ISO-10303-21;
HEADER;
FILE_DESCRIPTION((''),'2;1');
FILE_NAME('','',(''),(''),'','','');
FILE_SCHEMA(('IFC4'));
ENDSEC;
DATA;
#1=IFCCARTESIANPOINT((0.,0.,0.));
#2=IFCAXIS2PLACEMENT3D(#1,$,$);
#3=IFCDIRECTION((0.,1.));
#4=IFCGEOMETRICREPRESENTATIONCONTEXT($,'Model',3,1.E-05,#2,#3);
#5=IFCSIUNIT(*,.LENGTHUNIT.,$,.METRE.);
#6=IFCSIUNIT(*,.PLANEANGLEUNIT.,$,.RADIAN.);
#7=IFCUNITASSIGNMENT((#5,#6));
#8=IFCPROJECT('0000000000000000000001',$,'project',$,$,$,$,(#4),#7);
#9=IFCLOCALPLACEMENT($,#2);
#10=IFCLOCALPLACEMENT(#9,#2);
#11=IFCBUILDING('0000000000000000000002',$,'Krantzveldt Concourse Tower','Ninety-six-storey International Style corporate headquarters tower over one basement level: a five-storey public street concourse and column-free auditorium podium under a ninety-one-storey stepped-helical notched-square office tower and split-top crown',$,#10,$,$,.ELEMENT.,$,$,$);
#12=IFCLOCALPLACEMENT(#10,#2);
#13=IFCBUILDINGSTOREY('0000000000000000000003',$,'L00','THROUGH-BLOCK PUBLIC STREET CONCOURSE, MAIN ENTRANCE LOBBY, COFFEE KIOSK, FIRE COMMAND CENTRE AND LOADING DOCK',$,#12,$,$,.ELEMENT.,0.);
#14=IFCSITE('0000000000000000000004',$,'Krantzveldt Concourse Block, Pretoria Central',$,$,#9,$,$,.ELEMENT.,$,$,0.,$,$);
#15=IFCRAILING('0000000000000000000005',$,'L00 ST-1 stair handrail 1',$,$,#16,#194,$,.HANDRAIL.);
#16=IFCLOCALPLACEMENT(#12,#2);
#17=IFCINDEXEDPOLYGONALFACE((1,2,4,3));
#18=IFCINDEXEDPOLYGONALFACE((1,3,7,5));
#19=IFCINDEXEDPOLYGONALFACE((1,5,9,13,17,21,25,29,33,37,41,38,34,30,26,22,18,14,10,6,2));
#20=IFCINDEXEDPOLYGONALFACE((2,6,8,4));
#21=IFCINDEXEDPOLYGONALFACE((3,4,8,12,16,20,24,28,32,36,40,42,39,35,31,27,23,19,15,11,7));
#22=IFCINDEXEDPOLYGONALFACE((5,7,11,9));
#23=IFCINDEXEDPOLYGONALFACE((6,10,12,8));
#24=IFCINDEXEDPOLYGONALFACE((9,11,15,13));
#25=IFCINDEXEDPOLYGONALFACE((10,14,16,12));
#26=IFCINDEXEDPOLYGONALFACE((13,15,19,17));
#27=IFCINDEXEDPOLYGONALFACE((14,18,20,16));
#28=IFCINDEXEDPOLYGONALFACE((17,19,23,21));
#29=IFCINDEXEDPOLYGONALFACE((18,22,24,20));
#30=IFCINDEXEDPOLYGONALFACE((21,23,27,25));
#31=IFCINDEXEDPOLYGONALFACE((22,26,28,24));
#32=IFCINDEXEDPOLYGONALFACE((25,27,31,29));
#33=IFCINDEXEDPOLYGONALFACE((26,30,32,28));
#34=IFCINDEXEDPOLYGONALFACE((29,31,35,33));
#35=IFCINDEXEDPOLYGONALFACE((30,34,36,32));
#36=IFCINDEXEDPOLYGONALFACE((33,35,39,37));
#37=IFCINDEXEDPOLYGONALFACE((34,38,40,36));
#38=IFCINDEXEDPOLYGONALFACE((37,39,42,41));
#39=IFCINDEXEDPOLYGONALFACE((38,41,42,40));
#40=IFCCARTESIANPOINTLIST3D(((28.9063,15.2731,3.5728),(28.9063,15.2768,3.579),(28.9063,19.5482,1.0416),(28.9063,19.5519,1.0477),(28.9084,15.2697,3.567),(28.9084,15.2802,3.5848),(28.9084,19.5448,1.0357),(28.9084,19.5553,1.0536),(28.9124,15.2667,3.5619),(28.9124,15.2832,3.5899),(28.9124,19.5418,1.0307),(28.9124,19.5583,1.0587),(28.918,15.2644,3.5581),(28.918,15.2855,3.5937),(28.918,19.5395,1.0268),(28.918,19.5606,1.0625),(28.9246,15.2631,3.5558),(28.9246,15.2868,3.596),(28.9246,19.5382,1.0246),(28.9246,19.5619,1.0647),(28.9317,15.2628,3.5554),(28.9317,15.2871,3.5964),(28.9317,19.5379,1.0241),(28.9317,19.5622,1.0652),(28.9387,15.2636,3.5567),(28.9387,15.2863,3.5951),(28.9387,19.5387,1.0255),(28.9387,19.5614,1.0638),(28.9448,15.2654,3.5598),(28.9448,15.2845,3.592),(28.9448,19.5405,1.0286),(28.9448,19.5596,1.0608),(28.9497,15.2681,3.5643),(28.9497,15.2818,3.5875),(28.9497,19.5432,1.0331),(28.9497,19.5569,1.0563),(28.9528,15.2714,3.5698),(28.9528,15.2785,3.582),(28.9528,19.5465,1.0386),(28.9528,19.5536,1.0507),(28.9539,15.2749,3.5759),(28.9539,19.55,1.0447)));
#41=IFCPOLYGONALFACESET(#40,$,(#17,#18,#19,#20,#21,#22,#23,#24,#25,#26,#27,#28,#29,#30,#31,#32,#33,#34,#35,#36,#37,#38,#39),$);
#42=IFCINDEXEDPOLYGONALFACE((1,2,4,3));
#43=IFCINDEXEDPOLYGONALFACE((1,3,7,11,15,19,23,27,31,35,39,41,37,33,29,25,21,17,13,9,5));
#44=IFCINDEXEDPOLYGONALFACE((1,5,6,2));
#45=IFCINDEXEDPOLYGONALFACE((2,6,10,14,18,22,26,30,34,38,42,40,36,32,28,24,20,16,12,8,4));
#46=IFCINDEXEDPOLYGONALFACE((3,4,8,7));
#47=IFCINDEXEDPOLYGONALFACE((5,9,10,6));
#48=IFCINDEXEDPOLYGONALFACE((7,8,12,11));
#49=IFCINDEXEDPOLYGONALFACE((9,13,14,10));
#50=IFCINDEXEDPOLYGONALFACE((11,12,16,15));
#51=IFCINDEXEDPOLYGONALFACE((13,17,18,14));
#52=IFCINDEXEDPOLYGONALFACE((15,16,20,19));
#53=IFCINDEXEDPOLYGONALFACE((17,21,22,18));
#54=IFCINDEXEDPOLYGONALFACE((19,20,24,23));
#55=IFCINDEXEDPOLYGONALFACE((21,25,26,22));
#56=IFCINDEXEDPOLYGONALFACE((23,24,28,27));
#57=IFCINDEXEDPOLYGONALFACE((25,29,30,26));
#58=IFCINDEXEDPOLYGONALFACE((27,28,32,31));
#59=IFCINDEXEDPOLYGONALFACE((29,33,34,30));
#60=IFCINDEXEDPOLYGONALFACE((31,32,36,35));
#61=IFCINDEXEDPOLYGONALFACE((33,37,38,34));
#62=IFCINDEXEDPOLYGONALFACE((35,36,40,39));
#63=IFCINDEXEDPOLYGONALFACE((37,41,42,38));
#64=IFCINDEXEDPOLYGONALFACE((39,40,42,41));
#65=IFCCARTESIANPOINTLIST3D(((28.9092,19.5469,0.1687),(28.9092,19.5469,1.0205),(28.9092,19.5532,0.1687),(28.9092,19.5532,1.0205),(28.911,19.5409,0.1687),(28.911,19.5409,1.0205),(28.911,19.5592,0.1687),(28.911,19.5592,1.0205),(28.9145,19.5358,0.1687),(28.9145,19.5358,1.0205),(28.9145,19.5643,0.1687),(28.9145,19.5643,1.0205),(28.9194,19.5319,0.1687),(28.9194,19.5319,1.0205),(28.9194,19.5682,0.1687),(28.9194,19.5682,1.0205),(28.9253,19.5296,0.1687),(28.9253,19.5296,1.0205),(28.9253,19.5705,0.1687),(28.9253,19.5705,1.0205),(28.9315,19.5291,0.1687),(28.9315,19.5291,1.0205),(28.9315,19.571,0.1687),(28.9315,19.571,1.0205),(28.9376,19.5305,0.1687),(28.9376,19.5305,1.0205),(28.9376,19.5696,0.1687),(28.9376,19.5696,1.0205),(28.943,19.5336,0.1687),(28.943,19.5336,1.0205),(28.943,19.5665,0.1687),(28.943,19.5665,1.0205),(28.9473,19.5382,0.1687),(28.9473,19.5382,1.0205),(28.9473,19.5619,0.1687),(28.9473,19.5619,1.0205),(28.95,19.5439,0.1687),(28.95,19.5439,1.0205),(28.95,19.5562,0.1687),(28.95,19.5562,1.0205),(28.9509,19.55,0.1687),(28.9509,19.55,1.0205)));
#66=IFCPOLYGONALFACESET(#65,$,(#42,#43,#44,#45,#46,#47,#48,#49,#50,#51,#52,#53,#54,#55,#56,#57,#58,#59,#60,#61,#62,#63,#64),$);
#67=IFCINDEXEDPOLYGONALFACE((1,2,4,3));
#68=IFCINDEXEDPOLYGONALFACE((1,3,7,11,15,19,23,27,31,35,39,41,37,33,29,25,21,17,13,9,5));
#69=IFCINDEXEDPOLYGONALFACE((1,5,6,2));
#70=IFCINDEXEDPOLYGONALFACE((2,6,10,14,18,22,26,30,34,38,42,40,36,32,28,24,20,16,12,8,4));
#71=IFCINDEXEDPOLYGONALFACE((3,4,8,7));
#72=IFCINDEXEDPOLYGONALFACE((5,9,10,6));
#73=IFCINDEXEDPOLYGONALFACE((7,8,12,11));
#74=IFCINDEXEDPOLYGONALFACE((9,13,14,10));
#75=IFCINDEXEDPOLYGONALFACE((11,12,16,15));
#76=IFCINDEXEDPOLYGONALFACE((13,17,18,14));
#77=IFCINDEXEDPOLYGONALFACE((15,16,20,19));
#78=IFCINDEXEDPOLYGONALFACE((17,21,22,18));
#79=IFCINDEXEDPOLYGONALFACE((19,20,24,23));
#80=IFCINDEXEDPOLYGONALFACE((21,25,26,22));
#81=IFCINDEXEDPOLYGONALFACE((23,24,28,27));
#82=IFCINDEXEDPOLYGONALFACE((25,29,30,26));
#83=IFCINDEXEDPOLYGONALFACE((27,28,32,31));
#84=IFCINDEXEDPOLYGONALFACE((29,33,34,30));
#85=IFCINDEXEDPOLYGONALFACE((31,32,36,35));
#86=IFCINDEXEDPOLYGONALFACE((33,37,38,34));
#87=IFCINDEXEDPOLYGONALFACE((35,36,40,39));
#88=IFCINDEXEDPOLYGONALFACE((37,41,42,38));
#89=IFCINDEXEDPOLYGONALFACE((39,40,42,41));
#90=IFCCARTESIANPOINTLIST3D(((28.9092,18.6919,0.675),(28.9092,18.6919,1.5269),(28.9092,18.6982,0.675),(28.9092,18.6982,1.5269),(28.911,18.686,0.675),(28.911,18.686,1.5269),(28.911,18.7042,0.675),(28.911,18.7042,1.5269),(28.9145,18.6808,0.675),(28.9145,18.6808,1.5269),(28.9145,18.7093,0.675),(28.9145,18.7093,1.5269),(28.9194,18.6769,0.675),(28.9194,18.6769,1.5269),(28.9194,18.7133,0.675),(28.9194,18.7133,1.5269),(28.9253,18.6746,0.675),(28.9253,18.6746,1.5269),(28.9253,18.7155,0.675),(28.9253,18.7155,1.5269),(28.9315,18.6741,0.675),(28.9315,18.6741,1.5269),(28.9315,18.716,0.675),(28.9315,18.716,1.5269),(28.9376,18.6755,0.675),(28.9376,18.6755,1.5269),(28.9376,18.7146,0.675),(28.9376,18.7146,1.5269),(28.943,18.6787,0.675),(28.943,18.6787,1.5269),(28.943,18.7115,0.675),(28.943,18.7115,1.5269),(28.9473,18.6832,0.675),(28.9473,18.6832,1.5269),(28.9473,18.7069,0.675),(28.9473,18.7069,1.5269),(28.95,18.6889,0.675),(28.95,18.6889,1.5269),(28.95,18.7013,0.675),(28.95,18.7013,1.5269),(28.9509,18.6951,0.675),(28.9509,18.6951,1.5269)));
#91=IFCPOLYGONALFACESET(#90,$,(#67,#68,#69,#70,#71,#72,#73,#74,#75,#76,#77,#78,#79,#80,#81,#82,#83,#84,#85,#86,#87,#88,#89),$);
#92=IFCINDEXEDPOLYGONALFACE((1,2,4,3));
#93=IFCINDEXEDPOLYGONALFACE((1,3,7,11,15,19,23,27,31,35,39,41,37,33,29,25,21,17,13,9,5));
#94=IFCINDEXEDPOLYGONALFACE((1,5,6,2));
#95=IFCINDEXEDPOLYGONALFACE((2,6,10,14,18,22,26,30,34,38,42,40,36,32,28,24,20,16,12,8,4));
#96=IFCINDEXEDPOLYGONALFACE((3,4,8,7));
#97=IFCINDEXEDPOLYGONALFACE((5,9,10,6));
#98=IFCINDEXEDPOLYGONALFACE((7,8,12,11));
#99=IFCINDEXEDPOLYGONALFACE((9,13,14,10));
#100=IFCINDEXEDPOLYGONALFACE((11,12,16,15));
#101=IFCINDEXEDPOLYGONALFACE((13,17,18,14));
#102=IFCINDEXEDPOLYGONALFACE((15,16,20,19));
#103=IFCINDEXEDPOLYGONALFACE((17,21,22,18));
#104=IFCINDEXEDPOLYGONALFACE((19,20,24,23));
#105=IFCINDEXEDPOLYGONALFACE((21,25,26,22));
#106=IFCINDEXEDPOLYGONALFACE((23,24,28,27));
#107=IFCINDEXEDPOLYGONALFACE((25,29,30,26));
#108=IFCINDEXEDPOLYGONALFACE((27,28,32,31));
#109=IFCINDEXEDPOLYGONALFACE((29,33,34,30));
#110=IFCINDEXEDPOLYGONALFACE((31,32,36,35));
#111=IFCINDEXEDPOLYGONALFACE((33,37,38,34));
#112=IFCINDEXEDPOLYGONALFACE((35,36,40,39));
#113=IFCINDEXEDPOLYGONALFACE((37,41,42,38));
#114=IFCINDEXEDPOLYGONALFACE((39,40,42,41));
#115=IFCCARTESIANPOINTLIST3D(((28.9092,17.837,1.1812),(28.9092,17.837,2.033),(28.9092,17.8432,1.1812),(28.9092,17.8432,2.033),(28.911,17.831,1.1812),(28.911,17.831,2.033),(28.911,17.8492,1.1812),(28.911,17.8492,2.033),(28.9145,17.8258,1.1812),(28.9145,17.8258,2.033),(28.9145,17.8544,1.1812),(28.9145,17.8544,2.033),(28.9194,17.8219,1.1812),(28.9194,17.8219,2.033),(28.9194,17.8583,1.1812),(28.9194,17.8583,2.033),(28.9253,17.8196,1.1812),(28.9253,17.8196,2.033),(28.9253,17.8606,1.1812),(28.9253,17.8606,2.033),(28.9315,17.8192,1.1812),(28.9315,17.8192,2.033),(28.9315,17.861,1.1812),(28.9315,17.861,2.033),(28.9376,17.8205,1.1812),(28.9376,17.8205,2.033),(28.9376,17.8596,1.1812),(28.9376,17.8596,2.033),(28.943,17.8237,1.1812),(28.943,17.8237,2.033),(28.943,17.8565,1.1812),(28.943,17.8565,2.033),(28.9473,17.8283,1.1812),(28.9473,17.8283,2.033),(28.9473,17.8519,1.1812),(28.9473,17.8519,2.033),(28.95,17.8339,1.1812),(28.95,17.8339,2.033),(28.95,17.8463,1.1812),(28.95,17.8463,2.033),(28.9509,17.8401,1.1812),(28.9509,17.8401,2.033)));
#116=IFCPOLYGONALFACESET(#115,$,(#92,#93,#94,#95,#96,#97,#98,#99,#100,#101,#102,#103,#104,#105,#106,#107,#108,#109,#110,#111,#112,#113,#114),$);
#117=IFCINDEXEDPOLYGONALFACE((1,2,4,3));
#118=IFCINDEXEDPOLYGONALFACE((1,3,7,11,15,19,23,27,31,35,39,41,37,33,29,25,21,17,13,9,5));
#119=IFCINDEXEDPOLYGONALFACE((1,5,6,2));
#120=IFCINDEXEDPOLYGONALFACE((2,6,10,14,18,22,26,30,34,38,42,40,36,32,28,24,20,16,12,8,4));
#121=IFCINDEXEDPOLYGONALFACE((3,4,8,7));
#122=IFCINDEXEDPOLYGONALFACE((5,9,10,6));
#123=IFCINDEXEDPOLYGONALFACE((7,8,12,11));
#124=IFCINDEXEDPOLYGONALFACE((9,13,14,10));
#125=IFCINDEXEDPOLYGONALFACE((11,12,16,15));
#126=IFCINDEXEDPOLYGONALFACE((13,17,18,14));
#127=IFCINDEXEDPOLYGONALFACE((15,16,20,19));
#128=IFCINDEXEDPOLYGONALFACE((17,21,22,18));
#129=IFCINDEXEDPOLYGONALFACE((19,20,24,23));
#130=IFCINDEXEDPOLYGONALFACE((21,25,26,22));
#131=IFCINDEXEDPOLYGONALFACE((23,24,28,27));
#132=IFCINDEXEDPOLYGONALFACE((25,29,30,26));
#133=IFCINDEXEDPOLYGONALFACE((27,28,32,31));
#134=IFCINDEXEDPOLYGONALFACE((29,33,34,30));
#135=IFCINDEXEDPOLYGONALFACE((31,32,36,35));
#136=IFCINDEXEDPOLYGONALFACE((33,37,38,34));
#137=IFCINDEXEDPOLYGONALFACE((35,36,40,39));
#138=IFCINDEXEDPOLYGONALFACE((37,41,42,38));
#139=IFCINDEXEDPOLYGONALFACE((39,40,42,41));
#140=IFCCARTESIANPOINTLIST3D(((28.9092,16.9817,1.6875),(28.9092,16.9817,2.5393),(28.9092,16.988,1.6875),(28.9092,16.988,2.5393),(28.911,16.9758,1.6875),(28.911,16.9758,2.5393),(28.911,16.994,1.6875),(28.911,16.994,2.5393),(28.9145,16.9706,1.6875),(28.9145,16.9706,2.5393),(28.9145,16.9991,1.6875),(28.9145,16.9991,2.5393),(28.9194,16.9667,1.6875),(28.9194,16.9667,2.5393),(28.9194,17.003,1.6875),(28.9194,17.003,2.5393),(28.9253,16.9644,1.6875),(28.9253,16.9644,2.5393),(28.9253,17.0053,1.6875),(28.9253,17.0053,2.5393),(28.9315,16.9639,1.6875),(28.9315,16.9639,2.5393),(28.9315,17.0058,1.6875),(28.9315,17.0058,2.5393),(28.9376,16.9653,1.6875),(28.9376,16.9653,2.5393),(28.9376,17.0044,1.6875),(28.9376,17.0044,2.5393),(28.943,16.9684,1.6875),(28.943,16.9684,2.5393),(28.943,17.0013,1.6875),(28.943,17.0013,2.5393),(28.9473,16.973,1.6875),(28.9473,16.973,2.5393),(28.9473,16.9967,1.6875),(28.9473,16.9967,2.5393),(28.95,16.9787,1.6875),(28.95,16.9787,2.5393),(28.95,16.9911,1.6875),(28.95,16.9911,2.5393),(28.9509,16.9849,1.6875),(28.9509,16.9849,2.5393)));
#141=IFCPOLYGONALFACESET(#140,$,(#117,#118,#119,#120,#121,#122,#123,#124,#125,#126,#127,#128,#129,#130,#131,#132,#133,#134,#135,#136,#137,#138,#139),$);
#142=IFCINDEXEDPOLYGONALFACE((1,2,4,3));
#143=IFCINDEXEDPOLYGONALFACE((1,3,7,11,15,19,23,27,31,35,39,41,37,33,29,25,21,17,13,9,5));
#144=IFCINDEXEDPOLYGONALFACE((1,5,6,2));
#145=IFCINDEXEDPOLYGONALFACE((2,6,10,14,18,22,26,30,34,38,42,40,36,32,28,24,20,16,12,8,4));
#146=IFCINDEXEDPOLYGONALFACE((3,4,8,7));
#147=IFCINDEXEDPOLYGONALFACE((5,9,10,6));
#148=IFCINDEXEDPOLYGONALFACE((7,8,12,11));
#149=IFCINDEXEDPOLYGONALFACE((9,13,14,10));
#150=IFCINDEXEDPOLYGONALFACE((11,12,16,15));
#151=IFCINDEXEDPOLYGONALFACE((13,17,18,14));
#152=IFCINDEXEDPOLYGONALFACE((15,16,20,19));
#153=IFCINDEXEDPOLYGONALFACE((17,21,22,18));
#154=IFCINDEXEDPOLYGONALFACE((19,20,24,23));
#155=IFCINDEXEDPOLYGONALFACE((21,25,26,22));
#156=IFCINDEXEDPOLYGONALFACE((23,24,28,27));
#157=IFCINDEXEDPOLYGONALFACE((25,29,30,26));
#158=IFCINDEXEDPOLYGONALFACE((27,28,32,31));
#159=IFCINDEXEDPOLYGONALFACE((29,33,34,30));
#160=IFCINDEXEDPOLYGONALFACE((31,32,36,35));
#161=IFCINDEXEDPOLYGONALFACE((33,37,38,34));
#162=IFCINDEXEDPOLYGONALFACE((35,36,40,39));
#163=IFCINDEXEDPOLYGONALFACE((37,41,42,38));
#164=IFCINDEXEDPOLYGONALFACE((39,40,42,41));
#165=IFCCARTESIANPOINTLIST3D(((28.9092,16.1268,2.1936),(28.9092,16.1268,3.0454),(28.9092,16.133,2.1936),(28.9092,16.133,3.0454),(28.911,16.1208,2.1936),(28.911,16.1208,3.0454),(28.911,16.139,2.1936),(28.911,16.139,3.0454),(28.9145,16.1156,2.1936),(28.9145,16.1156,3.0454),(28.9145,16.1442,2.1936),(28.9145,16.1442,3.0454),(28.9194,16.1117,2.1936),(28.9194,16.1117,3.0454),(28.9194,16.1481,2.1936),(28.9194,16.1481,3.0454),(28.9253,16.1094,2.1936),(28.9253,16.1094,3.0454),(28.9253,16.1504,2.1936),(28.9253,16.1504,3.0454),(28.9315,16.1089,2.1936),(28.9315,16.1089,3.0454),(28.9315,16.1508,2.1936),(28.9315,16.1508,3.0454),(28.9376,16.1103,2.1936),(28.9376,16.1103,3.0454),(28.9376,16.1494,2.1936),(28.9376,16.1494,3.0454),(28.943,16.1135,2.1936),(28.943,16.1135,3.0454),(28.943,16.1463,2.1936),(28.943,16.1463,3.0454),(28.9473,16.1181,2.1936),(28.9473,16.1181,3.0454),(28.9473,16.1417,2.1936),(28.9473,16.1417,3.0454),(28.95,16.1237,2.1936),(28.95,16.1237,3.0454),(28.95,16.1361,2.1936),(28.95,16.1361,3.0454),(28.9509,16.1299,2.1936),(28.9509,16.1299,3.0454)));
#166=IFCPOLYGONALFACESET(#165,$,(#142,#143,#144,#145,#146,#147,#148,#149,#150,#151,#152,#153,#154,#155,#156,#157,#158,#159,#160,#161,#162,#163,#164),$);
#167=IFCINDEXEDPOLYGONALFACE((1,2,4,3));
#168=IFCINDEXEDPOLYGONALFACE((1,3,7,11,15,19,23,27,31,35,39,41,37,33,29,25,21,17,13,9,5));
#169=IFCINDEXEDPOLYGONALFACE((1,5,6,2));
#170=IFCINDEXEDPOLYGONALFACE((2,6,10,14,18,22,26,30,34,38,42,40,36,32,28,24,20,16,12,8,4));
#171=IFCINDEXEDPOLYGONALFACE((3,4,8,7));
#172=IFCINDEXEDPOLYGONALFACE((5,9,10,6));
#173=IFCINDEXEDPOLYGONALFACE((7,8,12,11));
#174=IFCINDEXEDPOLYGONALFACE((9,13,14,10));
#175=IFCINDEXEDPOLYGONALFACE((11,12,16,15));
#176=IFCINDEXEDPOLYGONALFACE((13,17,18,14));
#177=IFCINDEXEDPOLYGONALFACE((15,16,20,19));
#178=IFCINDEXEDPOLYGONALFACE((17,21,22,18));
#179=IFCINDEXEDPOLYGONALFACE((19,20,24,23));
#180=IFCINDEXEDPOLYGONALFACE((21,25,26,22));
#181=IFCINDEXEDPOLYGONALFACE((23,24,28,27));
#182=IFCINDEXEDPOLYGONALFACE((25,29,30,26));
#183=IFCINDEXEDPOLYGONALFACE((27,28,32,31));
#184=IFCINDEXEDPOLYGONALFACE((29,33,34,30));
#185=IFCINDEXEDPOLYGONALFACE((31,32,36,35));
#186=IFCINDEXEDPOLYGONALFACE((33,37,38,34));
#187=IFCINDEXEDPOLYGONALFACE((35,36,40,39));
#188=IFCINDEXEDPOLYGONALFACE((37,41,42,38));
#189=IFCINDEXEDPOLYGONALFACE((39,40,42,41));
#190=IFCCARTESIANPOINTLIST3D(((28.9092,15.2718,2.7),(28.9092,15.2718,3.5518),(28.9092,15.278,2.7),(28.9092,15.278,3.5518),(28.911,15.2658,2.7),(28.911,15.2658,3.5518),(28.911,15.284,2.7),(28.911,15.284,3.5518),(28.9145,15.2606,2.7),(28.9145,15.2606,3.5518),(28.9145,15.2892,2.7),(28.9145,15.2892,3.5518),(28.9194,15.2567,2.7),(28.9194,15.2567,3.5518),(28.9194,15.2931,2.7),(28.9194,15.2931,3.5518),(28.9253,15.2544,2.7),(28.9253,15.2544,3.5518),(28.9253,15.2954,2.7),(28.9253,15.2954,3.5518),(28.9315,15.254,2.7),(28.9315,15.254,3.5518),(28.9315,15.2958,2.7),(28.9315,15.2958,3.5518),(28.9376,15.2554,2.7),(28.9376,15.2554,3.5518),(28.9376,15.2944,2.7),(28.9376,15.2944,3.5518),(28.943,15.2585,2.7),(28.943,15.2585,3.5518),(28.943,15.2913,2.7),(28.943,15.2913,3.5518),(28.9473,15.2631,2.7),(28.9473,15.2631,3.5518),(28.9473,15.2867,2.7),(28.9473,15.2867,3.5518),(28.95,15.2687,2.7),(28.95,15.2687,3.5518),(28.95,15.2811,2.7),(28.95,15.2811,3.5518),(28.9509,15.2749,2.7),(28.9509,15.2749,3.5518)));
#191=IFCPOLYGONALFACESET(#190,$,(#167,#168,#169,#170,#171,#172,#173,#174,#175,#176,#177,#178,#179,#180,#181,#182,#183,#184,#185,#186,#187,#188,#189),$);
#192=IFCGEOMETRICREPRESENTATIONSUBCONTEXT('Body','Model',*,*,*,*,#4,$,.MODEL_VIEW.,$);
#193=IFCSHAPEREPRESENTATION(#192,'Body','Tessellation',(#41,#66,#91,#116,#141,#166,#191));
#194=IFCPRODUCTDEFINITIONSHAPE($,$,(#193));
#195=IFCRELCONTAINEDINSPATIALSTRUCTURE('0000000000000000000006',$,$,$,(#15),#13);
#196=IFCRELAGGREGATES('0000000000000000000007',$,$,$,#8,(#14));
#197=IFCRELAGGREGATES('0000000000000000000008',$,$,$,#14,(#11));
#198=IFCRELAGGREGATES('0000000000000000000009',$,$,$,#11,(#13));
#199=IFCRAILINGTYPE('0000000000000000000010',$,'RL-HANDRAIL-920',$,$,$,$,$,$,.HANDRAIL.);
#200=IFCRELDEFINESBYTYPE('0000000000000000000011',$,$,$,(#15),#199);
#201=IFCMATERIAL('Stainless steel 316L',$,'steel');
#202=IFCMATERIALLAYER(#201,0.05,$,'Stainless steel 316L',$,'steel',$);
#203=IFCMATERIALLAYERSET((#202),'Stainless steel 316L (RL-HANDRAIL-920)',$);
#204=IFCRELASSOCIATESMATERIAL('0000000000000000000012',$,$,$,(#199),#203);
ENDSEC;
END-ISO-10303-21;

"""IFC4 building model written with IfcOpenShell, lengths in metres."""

from ifc_helpers import new_model, si_unit, direction, frame, origin, origin_2d, place, context, subcontext, project, spatial, circle, extrude, material, layer, layer_set, type_object, element, save


model = new_model("IFC4")

# Units and contexts
model_context = context("Model", 3, precision=1e-05, world=origin(), true_north=direction((0.0, 1.0)))
body_context = subcontext(model_context, "Body", "Model", "MODEL_VIEW")
ifc_project = project(units=[si_unit("LENGTHUNIT", "METRE"), si_unit("PLANEANGLEUNIT", "RADIAN")], contexts=[model_context])

# Site, building, storey
site_placement = place(None, origin())
site = spatial("IfcSite", under=ifc_project, at=site_placement, Name="Krantzveldt Concourse Block, Pretoria Central", CompositionType="ELEMENT", RefElevation=0.0)
building_placement = place(site_placement, origin())
building = spatial("IfcBuilding", under=site, at=building_placement, Name="Krantzveldt Concourse Tower", Description="Ninety-six-storey International Style corporate headquarters tower over one basement level: a five-storey public street concourse and column-free auditorium podium under a ninety-one-storey stepped-helical notched-square office tower and split-top crown", CompositionType="ELEMENT")
storey_placement = place(building_placement, origin())
storey = spatial("IfcBuildingStorey", under=building, at=storey_placement, Name="L00", Description="THROUGH-BLOCK PUBLIC STREET CONCOURSE, MAIN ENTRANCE LOBBY, COFFEE KIOSK, FIRE COMMAND CENTRE AND LOADING DOCK", CompositionType="ELEMENT", Elevation=0.0)

# Shared definitions
ifc_material_1 = material(Name="Stainless steel 316L", Category="steel")

# Railing
ifc_layer_1 = layer(ifc_material_1, 0.05, Name="Stainless steel 316L", Category="steel")
ifc_layer_set_1 = layer_set([ifc_layer_1], Name="Stainless steel 316L (RL-HANDRAIL-920)")
railing_type_1 = type_object("IfcRailingType", Name="RL-HANDRAIL-920", PredefinedType="HANDRAIL", material=ifc_layer_set_1)
railing_1_placement = place(storey_placement, frame((28.9299, 19.55, 0.1687)))
element("IfcRailing", 1, at=railing_1_placement, inside=storey, type_object=railing_type_1, Name="L00 ST-1 stair handrail 1", PredefinedType="HANDRAIL", context=body_context, shape_type="SweptSolid", body=[
    extrude(circle(Radius=0.0239, at=origin_2d()), frame((0.0, 0.0, 0.876), z_axis=(0.0, -0.860483, 0.509479), x_axis=(1.0, 0.0, 0.0)), (0.0, 0.0, 1.0), 4.9683),
    extrude(circle(Radius=0.021, at=origin_2d()), origin(), (0.0, 0.0, 1.0), 0.8518),
    extrude(circle(Radius=0.021, at=origin_2d()), frame((0.0, -0.855, 0.5063)), (0.0, 0.0, 1.0), 0.8518),
    extrude(circle(Radius=0.021, at=origin_2d()), frame((0.0, -1.71, 1.0125)), (0.0, 0.0, 1.0), 0.8518),
    extrude(circle(Radius=0.021, at=origin_2d()), frame((0.0, -2.5652, 1.5188)), (0.0, 0.0, 1.0), 0.8518),
    extrude(circle(Radius=0.021, at=origin_2d()), frame((0.0, -3.4202, 2.0249)), (0.0, 0.0, 1.0), 0.8518),
    extrude(circle(Radius=0.021, at=origin_2d()), frame((0.0, -4.2751, 2.5312)), (0.0, 0.0, 1.0), 0.8518),
])

save(model, "model.ifc")
